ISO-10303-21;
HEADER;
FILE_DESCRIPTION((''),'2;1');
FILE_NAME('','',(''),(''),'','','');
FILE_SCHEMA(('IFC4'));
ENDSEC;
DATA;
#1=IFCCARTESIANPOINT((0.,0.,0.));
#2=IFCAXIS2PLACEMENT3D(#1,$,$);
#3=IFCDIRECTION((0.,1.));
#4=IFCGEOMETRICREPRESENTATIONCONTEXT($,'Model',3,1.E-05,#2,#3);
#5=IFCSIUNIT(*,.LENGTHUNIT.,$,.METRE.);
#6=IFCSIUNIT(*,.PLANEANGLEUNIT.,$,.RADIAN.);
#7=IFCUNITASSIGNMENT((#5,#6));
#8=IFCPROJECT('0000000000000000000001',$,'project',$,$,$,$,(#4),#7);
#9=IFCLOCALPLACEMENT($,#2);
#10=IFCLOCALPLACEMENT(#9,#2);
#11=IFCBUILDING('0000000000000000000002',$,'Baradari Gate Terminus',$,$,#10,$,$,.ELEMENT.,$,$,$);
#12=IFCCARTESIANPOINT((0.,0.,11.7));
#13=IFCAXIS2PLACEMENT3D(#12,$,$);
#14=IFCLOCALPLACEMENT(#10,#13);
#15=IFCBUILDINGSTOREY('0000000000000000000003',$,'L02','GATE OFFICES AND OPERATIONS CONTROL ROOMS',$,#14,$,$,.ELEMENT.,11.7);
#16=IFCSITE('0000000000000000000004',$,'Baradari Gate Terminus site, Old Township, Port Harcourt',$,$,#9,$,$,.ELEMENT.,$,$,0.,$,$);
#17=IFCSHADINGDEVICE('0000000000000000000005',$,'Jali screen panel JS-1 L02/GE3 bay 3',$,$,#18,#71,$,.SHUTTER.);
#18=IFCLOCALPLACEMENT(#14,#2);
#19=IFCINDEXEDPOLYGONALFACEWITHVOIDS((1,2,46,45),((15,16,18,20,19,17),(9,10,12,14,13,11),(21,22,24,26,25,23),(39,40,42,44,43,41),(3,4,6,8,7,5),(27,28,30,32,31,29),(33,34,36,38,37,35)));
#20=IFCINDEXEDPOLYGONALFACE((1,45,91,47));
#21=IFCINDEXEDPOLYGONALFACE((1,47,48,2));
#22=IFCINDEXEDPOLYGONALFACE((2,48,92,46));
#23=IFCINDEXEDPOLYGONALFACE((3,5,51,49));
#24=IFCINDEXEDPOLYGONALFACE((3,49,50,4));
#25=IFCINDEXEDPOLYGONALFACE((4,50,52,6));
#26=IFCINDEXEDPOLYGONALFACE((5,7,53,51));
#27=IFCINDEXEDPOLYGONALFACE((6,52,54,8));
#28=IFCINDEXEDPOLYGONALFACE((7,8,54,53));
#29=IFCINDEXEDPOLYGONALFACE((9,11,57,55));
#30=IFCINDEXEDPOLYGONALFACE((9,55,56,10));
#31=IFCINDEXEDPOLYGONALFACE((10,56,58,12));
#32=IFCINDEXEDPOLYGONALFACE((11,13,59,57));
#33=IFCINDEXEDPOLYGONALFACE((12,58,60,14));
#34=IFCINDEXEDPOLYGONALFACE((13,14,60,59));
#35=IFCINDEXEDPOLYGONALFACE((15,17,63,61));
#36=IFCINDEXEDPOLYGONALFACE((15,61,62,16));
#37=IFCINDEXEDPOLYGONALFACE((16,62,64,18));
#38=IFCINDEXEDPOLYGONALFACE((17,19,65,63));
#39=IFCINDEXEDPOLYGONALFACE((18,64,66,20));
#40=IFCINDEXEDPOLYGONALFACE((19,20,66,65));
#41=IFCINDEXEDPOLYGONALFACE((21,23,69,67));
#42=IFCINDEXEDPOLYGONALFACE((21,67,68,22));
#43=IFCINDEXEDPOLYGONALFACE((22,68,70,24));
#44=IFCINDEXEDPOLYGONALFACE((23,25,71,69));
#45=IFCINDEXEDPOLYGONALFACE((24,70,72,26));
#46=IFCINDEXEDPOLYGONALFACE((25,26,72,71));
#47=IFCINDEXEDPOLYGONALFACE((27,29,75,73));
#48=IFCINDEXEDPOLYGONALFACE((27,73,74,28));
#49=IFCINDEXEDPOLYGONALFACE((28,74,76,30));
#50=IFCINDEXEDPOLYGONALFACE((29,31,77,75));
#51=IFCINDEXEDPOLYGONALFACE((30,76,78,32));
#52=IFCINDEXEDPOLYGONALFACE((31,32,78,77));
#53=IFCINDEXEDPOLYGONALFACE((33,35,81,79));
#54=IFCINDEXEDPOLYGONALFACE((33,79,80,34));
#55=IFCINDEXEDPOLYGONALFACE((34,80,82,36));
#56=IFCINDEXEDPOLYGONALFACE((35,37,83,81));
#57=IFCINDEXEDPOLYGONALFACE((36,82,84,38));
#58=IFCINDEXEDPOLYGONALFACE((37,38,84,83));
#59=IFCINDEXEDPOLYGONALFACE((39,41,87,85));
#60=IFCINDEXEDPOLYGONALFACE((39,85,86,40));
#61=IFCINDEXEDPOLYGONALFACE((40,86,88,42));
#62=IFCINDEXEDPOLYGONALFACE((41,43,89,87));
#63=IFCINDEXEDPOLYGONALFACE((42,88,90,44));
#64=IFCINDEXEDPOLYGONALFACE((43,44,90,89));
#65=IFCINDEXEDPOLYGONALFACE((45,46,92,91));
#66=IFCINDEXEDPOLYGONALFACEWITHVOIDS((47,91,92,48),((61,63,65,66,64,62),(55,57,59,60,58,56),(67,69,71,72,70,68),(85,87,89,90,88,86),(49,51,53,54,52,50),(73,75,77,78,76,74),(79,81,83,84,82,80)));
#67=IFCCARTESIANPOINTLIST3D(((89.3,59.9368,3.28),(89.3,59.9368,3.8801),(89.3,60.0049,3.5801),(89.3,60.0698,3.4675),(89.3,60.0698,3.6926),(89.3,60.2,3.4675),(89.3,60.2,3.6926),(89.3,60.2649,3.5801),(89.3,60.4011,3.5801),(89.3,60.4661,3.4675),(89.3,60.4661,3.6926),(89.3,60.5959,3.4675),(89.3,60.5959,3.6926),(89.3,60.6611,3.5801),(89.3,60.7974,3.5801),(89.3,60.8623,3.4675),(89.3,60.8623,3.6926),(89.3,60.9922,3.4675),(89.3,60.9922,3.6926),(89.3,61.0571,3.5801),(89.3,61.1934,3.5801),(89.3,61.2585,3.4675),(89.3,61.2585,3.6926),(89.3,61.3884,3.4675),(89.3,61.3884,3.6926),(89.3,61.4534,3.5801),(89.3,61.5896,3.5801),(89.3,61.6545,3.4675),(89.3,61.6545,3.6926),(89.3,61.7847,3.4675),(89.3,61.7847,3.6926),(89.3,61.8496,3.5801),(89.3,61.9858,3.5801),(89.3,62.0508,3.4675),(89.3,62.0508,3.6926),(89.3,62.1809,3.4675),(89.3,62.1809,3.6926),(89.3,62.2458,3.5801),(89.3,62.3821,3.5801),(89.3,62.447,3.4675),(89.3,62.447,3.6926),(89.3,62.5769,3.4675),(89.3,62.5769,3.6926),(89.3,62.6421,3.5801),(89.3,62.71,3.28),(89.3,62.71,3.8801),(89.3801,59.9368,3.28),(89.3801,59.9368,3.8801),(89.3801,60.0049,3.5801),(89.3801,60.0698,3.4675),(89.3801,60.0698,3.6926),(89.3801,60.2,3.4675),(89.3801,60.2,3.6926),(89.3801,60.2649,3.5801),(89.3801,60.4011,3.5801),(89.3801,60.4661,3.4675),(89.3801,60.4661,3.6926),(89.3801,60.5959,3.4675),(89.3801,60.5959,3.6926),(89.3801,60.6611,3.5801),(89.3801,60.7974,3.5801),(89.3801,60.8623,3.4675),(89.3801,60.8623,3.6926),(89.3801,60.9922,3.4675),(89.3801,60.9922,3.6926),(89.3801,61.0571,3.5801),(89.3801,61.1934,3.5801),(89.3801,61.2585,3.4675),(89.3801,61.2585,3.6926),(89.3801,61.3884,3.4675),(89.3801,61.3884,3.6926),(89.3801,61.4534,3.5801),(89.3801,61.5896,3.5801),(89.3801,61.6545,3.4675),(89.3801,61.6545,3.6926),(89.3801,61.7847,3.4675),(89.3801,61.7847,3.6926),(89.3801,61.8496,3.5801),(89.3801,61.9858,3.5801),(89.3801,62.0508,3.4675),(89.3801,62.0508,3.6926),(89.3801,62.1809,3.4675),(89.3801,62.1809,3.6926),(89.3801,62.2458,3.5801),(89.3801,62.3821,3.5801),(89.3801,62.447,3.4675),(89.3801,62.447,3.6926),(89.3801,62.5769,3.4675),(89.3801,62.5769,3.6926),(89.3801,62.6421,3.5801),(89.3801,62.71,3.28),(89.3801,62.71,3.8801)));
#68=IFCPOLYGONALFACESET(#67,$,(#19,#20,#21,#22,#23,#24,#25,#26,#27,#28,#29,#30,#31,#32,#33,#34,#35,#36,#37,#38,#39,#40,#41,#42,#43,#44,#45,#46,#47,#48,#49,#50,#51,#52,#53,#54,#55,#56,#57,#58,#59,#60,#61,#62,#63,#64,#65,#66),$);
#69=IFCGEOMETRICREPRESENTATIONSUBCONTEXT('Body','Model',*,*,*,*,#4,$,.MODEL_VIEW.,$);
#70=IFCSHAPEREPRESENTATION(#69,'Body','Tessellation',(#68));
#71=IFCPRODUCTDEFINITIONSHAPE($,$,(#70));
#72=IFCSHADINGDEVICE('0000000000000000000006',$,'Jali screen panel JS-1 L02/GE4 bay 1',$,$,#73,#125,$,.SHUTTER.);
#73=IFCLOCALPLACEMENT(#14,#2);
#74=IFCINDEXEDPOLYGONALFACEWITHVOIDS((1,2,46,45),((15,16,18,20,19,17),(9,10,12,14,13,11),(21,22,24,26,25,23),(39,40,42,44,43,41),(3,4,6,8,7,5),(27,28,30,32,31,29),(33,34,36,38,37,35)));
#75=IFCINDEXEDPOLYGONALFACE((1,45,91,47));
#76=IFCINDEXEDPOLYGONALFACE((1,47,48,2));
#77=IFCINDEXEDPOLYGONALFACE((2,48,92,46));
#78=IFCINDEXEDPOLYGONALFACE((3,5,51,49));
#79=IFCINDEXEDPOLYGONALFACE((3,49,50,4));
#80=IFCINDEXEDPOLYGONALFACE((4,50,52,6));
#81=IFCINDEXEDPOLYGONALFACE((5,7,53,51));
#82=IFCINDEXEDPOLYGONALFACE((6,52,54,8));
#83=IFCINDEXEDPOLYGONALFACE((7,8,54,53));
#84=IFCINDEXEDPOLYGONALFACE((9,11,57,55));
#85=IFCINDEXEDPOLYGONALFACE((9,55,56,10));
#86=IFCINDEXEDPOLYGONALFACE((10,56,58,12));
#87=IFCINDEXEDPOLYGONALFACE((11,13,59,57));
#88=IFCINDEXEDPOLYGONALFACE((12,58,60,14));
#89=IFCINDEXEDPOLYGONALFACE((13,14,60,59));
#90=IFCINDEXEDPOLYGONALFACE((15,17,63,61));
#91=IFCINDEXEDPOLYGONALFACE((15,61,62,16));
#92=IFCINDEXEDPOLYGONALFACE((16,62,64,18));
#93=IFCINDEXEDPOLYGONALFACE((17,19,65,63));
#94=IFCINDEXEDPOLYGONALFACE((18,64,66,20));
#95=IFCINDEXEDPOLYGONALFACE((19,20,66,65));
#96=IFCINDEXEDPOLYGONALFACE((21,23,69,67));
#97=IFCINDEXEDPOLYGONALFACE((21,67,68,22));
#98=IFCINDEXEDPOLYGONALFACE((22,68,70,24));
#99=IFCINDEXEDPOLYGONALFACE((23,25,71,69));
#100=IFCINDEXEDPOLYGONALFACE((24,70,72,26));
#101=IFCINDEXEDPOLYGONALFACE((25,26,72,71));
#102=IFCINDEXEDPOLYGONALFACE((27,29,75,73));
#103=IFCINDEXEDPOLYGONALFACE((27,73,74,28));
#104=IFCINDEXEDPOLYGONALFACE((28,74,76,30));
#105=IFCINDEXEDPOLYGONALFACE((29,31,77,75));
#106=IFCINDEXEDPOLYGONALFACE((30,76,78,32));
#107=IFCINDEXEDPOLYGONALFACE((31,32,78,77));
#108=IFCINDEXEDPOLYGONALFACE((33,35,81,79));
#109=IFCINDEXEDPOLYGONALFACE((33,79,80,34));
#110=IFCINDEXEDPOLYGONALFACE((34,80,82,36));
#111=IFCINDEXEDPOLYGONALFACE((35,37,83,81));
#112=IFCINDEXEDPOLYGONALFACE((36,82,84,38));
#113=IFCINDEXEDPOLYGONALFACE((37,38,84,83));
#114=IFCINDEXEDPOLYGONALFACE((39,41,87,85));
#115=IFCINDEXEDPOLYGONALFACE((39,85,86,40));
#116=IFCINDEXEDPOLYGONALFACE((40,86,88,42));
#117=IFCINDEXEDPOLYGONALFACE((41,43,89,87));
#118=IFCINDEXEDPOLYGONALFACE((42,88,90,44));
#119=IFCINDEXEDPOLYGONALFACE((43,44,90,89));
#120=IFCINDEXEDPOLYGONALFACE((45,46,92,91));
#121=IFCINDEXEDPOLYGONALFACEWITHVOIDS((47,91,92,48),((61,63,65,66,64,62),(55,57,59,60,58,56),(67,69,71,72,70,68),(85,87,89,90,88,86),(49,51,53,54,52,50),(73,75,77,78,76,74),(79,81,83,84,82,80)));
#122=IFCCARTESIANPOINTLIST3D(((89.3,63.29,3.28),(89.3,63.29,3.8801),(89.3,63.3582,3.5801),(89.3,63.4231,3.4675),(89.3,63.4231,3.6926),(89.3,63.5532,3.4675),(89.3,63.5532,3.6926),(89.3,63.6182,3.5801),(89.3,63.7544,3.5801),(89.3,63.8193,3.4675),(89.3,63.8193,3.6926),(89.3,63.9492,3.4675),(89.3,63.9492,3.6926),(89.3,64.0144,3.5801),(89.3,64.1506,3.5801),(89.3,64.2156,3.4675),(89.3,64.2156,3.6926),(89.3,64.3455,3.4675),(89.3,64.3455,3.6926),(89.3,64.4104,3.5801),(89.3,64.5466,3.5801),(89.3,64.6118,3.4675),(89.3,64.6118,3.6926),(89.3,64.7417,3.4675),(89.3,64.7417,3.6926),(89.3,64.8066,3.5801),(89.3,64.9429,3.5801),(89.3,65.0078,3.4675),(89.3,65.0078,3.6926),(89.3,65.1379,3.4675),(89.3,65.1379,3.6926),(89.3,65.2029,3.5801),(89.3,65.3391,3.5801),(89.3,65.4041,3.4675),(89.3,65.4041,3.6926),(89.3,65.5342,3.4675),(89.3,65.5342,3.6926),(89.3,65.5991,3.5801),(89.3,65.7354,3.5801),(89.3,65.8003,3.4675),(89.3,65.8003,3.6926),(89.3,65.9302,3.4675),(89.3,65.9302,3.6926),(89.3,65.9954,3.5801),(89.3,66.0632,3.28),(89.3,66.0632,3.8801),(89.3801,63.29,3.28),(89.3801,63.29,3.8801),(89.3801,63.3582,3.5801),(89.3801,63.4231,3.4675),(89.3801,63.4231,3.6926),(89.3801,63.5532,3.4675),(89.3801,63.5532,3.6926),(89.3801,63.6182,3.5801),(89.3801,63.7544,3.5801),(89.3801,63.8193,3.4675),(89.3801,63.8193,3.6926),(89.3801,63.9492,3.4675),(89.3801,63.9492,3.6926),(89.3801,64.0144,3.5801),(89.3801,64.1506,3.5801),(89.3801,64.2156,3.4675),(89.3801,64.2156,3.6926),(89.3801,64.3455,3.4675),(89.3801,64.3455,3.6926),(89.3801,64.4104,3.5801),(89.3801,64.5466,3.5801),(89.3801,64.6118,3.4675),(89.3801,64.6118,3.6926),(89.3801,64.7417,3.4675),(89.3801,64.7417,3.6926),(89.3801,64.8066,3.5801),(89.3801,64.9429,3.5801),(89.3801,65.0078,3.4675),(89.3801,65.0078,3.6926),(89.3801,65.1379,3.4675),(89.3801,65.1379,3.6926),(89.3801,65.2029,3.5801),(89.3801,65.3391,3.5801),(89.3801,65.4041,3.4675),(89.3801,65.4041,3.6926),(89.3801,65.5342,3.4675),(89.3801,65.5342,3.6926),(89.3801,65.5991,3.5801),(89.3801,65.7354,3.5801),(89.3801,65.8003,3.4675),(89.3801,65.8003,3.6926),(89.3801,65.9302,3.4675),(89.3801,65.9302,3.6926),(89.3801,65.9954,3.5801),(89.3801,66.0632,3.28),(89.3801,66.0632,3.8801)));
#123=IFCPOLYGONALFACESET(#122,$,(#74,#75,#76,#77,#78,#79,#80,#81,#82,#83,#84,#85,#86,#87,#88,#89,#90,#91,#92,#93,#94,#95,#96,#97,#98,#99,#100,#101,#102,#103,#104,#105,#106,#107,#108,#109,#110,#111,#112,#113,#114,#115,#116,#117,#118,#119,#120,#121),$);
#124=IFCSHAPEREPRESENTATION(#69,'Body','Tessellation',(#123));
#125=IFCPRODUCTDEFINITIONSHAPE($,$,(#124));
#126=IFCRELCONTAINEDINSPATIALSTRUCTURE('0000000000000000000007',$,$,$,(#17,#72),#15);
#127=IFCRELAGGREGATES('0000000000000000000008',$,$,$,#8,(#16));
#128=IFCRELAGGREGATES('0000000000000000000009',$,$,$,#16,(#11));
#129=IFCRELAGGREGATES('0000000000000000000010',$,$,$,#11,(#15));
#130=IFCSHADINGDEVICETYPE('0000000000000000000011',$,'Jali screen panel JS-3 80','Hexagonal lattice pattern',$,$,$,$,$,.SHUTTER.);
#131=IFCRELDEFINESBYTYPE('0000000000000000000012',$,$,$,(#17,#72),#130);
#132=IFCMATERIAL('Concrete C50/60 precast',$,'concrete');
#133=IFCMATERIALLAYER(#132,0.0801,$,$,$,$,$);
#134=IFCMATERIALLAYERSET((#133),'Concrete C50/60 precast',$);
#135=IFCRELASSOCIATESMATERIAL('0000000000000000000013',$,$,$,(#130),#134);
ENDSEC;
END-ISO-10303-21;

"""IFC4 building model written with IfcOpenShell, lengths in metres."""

from ifc_helpers import new_model, si_unit, direction, frame, origin, place, context, subcontext, project, spatial, polyline, outline, extrude, material, layer, layer_set, type_object, element, save


model = new_model("IFC4")

# Units and contexts
model_context = context("Model", 3, precision=1e-05, world=origin(), true_north=direction((0.0, 1.0)))
body_context = subcontext(model_context, "Body", "Model", "MODEL_VIEW")
ifc_project = project(units=[si_unit("LENGTHUNIT", "METRE"), si_unit("PLANEANGLEUNIT", "RADIAN")], contexts=[model_context])

# Site, building, storey
site_placement = place(None, origin())
site = spatial("IfcSite", under=ifc_project, at=site_placement, Name="Baradari Gate Terminus site, Old Township, Port Harcourt", CompositionType="ELEMENT", RefElevation=0.0)
building_placement = place(site_placement, origin())
building = spatial("IfcBuilding", under=site, at=building_placement, Name="Baradari Gate Terminus", CompositionType="ELEMENT")
storey_placement = place(building_placement, frame((0.0, 0.0, 11.7)))
storey = spatial("IfcBuildingStorey", under=building, at=storey_placement, Name="L02", Description="GATE OFFICES AND OPERATIONS CONTROL ROOMS", CompositionType="ELEMENT", Elevation=11.7)

# Shading devices
ifc_material_1 = material(Name="Concrete C50/60 precast", Category="concrete")
ifc_layer_1 = layer(ifc_material_1, 0.0801)
ifc_layer_set_1 = layer_set([ifc_layer_1], Name="Concrete C50/60 precast")
shading_device_type = type_object("IfcShadingDeviceType", Name="Jali screen panel JS-3 80", Description="Hexagonal lattice pattern", PredefinedType="SHUTTER", material=ifc_layer_set_1)
shading_device_1_placement = place(storey_placement, frame((89.3401, 59.9368, 3.28), z_axis=(0.0, 0.0, 1.0), x_axis=(0.0, 1.0, 0.0)))
element("IfcShadingDevice", 1, at=shading_device_1_placement, inside=storey, type_object=shading_device_type, Name="Jali screen panel JS-1 L02/GE3 bay 3", PredefinedType="SHUTTER", context=body_context, shape_type="SweptSolid", body=[
    extrude(outline(polyline([(0.0, 0.0), (2.7732, 0.0), (2.7732, 0.6001), (0.0, 0.6001), (0.0, 0.0)]), holes=[polyline([(0.3281, 0.3), (0.2632, 0.1875), (0.1331, 0.1875), (0.0681, 0.3), (0.1331, 0.4126), (0.2632, 0.4126), (0.3281, 0.3)]), polyline([(0.7244, 0.3), (0.6592, 0.1875), (0.5293, 0.1875), (0.4644, 0.3), (0.5293, 0.4126), (0.6592, 0.4126), (0.7244, 0.3)]), polyline([(1.1204, 0.3), (1.0554, 0.1875), (0.9255, 0.1875), (0.8606, 0.3), (0.9255, 0.4126), (1.0554, 0.4126), (1.1204, 0.3)]), polyline([(1.5166, 0.3), (1.4517, 0.1875), (1.3218, 0.1875), (1.2566, 0.3), (1.3218, 0.4126), (1.4517, 0.4126), (1.5166, 0.3)]), polyline([(1.9128, 0.3), (1.8479, 0.1875), (1.7178, 0.1875), (1.6528, 0.3), (1.7178, 0.4126), (1.8479, 0.4126), (1.9128, 0.3)]), polyline([(2.3091, 0.3), (2.2441, 0.1875), (2.114, 0.1875), (2.0491, 0.3), (2.114, 0.4126), (2.2441, 0.4126), (2.3091, 0.3)]), polyline([(2.7053, 0.3), (2.6401, 0.1875), (2.5103, 0.1875), (2.4453, 0.3), (2.5103, 0.4126), (2.6401, 0.4126), (2.7053, 0.3)])]), frame((0.0, 0.04, 0.0), z_axis=(0.0, -1.0, 0.0), x_axis=(1.0, 0.0, 0.0)), (0.0, 0.0, 1.0), 0.0801),
])
shading_device_2_placement = place(storey_placement, frame((89.3401, 63.29, 3.28), z_axis=(0.0, 0.0, 1.0), x_axis=(0.0, 1.0, 0.0)))
element("IfcShadingDevice", 2, at=shading_device_2_placement, inside=storey, type_object=shading_device_type, Name="Jali screen panel JS-1 L02/GE4 bay 1", PredefinedType="SHUTTER", context=body_context, shape_type="SweptSolid", body=[
    extrude(outline(polyline([(0.0, 0.0), (2.7732, 0.0), (2.7732, 0.6001), (0.0, 0.6001), (0.0, 0.0)]), holes=[polyline([(0.3281, 0.3), (0.2632, 0.1875), (0.1331, 0.1875), (0.0681, 0.3), (0.1331, 0.4126), (0.2632, 0.4126), (0.3281, 0.3)]), polyline([(0.7244, 0.3), (0.6592, 0.1875), (0.5293, 0.1875), (0.4644, 0.3), (0.5293, 0.4126), (0.6592, 0.4126), (0.7244, 0.3)]), polyline([(1.1204, 0.3), (1.0554, 0.1875), (0.9255, 0.1875), (0.8606, 0.3), (0.9255, 0.4126), (1.0554, 0.4126), (1.1204, 0.3)]), polyline([(1.5166, 0.3), (1.4517, 0.1875), (1.3218, 0.1875), (1.2566, 0.3), (1.3218, 0.4126), (1.4517, 0.4126), (1.5166, 0.3)]), polyline([(1.9128, 0.3), (1.8479, 0.1875), (1.7178, 0.1875), (1.6528, 0.3), (1.7178, 0.4126), (1.8479, 0.4126), (1.9128, 0.3)]), polyline([(2.3091, 0.3), (2.2441, 0.1875), (2.114, 0.1875), (2.0491, 0.3), (2.114, 0.4126), (2.2441, 0.4126), (2.3091, 0.3)]), polyline([(2.7053, 0.3), (2.6401, 0.1875), (2.5103, 0.1875), (2.4453, 0.3), (2.5103, 0.4126), (2.6401, 0.4126), (2.7053, 0.3)])]), frame((0.0, 0.04, 0.0), z_axis=(0.0, -1.0, 0.0), x_axis=(1.0, 0.0, 0.0)), (0.0, 0.0, 1.0), 0.0801),
])

save(model, "model.ifc")
